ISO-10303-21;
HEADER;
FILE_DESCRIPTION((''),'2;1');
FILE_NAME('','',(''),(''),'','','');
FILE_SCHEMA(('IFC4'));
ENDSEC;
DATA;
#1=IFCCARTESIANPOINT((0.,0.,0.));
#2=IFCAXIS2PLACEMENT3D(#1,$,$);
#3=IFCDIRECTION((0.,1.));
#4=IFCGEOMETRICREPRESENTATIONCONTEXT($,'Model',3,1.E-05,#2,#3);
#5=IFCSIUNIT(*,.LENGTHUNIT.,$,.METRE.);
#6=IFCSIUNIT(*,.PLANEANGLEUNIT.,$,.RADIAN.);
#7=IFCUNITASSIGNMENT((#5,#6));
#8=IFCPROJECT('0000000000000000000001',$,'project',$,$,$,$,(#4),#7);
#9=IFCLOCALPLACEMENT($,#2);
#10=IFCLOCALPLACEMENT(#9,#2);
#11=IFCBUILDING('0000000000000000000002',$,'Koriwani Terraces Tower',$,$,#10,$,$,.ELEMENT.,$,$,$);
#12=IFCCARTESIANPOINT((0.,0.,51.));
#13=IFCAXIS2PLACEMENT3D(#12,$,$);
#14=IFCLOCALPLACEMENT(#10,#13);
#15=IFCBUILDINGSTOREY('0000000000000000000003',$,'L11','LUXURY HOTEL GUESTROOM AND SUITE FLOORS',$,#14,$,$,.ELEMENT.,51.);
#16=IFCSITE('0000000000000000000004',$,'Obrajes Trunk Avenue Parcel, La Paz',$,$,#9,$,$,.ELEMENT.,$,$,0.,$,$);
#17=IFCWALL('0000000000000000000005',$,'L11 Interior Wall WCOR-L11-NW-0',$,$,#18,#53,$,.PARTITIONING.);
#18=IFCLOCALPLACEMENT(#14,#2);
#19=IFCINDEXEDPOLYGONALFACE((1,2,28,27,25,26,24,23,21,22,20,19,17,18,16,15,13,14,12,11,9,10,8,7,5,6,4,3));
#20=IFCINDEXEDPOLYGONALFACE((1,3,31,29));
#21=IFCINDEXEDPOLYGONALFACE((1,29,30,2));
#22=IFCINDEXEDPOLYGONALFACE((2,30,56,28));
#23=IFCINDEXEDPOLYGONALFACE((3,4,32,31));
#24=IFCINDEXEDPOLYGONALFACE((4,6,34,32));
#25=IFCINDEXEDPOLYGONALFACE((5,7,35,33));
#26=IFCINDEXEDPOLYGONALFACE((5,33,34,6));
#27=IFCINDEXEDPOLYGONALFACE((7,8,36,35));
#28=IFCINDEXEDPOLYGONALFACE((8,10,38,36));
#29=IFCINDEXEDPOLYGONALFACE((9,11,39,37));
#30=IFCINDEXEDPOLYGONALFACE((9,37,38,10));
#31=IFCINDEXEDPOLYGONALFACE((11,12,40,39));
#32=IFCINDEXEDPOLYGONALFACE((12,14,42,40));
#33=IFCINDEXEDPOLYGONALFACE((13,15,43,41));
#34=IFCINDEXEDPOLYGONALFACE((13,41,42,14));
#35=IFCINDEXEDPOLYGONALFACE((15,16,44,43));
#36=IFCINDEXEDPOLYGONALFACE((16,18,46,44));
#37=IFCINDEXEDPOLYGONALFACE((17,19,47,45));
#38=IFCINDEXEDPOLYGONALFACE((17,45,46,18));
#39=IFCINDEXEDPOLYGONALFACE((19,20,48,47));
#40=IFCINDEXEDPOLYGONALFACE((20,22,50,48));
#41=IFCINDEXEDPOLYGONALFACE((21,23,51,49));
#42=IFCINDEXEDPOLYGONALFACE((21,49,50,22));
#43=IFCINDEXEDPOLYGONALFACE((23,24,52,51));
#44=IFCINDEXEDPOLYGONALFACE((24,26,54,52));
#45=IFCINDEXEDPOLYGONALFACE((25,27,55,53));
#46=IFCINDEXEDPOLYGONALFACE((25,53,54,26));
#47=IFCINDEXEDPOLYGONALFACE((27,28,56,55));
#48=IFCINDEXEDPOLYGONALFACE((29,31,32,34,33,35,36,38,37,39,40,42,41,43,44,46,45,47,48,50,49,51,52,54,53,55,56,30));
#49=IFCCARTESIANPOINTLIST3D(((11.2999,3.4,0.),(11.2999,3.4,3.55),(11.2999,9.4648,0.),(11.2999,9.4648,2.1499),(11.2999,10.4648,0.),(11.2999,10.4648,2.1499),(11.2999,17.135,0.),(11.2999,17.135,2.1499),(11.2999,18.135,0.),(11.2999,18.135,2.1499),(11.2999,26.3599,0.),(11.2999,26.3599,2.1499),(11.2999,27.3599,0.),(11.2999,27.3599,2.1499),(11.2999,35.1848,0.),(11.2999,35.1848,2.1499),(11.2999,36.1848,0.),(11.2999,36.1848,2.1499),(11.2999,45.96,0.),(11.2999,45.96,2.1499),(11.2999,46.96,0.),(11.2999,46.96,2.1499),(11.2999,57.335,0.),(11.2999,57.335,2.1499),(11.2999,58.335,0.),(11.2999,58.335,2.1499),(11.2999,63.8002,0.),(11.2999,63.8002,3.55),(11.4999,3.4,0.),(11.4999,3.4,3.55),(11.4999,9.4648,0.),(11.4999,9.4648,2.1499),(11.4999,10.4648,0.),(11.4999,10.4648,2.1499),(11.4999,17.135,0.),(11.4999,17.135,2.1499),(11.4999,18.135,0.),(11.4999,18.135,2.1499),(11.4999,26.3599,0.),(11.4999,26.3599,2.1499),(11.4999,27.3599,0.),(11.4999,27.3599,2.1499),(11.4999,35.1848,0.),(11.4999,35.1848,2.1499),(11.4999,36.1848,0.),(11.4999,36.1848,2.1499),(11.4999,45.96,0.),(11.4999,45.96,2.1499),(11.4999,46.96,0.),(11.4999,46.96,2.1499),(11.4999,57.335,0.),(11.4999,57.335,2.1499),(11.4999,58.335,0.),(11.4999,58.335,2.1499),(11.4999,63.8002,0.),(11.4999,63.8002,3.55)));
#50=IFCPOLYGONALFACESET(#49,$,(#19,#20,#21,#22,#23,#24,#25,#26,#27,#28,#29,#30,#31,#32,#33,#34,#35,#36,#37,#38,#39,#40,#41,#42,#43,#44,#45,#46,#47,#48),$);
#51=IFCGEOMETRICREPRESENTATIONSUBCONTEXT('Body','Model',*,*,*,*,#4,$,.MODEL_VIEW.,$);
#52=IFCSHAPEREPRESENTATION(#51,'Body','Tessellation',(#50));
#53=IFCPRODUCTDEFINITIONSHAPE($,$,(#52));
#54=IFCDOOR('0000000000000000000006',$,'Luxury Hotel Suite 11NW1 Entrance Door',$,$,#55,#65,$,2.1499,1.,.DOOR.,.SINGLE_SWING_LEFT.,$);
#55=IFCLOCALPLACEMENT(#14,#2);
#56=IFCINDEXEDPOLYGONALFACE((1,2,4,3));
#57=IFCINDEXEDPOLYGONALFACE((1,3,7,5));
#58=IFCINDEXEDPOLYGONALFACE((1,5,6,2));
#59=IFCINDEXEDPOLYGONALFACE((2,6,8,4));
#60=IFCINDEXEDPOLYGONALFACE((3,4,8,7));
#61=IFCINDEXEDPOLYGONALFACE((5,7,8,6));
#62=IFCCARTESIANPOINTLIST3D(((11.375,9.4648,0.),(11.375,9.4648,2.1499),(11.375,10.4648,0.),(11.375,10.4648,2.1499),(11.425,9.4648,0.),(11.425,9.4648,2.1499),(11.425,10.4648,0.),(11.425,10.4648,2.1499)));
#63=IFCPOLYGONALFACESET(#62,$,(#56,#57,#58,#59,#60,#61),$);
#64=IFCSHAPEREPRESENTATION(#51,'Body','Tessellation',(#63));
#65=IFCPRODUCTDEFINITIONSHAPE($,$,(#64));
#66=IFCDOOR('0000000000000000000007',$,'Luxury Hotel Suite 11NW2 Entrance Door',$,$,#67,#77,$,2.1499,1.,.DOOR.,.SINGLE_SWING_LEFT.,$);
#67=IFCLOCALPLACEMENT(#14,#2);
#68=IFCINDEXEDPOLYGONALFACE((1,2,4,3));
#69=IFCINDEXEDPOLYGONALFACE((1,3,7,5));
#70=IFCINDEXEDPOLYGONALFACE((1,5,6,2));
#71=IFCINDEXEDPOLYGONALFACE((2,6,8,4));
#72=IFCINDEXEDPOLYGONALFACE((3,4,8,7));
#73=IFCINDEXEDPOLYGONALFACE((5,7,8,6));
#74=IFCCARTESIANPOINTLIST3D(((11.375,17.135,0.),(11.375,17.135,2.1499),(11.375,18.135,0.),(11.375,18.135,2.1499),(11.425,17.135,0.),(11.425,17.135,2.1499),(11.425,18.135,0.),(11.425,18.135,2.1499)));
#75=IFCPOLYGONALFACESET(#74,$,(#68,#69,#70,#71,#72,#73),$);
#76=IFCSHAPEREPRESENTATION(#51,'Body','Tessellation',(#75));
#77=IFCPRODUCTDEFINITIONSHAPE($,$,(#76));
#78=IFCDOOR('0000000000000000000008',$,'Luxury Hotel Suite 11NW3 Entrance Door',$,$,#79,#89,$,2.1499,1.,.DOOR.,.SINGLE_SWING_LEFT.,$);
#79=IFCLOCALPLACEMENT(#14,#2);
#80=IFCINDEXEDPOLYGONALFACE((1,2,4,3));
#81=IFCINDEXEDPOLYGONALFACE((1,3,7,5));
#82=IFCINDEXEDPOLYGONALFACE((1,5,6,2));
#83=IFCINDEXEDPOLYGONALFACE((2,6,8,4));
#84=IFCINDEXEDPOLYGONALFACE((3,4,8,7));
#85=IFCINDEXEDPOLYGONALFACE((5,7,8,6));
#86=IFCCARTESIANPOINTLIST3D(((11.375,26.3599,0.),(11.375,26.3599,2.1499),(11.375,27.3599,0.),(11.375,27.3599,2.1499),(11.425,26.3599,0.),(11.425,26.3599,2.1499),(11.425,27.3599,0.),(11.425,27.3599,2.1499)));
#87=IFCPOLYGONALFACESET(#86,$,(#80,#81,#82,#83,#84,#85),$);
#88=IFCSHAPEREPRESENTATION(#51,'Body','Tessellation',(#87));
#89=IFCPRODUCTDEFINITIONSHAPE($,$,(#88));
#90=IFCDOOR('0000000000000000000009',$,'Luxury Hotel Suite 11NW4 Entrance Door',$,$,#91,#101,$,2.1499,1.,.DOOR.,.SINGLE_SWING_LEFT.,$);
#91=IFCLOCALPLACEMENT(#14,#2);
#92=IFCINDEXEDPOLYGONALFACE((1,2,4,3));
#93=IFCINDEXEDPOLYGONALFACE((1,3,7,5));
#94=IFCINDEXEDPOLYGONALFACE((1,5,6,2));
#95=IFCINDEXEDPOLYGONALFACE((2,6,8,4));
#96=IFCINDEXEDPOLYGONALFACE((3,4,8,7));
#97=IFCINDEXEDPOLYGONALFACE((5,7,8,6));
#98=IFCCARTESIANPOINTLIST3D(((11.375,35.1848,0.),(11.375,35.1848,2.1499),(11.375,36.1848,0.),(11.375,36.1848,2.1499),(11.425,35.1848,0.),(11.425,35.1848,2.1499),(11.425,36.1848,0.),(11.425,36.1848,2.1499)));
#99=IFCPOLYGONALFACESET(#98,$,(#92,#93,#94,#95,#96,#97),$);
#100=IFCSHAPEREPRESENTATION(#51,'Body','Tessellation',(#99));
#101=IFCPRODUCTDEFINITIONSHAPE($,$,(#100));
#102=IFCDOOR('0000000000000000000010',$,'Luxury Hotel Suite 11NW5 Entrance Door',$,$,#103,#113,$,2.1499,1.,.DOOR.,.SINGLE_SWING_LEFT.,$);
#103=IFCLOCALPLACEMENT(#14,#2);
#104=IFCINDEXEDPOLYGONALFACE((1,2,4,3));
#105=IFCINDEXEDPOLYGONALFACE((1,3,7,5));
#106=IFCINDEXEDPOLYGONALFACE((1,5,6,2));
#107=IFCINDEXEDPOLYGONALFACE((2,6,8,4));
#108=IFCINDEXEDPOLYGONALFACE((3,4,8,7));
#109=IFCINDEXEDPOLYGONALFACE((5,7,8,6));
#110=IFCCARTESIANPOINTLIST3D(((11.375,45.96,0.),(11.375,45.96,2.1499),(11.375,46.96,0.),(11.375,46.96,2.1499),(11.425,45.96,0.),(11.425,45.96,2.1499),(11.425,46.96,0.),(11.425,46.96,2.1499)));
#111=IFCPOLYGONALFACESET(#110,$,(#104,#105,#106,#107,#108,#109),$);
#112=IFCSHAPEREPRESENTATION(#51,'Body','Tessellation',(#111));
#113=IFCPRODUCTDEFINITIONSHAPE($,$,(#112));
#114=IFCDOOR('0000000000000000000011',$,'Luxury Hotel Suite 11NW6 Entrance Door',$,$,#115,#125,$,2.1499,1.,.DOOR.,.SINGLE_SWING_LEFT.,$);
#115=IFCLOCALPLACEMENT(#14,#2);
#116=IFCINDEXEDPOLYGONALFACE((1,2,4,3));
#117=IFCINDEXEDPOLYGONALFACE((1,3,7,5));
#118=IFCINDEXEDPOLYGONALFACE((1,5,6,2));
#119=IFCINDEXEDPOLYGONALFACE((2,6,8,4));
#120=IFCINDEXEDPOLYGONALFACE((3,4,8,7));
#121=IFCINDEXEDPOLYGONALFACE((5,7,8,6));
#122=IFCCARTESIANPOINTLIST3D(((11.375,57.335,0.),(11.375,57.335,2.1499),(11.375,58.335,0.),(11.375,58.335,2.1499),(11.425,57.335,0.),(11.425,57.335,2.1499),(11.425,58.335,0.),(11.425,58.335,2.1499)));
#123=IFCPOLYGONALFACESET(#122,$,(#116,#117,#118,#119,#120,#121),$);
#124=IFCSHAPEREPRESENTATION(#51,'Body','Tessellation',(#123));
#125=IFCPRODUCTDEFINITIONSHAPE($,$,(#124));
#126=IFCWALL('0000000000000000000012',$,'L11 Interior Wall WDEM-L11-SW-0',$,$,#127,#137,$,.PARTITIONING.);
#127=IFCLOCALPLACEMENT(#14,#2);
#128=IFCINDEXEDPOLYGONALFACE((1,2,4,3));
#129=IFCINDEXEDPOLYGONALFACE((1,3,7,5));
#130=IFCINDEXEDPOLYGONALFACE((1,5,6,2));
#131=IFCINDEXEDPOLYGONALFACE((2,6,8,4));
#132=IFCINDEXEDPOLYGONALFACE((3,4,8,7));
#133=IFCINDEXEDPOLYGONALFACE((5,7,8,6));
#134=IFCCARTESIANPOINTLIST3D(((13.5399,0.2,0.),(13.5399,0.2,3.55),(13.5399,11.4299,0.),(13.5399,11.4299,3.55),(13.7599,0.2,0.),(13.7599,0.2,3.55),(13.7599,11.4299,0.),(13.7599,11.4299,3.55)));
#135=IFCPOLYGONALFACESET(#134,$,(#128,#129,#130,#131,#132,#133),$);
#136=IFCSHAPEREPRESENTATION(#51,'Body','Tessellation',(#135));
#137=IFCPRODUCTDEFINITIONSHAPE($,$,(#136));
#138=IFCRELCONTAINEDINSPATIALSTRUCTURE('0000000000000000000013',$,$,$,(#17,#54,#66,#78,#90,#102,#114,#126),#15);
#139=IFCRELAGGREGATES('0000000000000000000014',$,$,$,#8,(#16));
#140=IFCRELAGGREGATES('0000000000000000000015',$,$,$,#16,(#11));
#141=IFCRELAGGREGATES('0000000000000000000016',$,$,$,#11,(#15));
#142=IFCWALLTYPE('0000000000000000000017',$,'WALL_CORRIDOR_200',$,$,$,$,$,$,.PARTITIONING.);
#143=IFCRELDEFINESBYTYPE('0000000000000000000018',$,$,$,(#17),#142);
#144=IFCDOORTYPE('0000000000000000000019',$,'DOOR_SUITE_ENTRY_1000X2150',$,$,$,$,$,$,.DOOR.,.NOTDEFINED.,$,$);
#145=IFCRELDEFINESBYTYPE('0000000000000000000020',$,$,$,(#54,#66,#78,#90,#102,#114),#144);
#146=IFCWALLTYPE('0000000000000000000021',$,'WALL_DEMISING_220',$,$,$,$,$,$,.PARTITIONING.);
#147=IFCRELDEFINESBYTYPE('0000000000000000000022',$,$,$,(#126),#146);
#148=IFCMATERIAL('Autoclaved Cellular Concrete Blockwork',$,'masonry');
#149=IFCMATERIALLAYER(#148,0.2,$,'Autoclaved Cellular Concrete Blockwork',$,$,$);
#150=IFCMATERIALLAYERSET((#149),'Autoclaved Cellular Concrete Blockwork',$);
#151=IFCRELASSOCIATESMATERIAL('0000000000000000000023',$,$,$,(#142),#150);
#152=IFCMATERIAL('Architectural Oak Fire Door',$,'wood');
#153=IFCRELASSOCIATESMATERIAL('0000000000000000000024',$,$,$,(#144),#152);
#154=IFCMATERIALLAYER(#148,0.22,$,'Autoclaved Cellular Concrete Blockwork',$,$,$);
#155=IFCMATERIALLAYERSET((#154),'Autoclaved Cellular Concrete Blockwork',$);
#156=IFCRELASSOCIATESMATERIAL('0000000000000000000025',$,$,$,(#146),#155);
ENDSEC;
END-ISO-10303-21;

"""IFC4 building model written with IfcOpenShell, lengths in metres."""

from ifc_helpers import new_model, si_unit, direction, frame, frame_2d, origin, place, context, subcontext, project, spatial, rectangle, extrude, material, layer, layer_set, type_object, element, fill, save


model = new_model("IFC4")

# Units and contexts
model_context = context("Model", 3, precision=1e-05, world=origin(), true_north=direction((0.0, 1.0)))
body_context = subcontext(model_context, "Body", "Model", "MODEL_VIEW")
ifc_project = project(units=[si_unit("LENGTHUNIT", "METRE"), si_unit("PLANEANGLEUNIT", "RADIAN")], contexts=[model_context])

# Site, building, storey
site_placement = place(None, origin())
site = spatial("IfcSite", under=ifc_project, at=site_placement, Name="Obrajes Trunk Avenue Parcel, La Paz", CompositionType="ELEMENT", RefElevation=0.0)
building_placement = place(site_placement, origin())
building = spatial("IfcBuilding", under=site, at=building_placement, Name="Koriwani Terraces Tower", CompositionType="ELEMENT")
storey_placement = place(building_placement, frame((0.0, 0.0, 51.0)))
storey = spatial("IfcBuildingStorey", under=building, at=storey_placement, Name="L11", Description="LUXURY HOTEL GUESTROOM AND SUITE FLOORS", CompositionType="ELEMENT", Elevation=51.0)

# Wall, openings, doors
ifc_material_1 = material(Name="Autoclaved Cellular Concrete Blockwork", Category="masonry")
ifc_layer_1 = layer(ifc_material_1, 0.2, Name="Autoclaved Cellular Concrete Blockwork")
ifc_layer_set_1 = layer_set([ifc_layer_1], Name="Autoclaved Cellular Concrete Blockwork")
wall_type_1 = type_object("IfcWallType", Name="WALL_CORRIDOR_200", PredefinedType="PARTITIONING", material=ifc_layer_set_1)
wall_1_placement = place(storey_placement, frame((11.3999, 3.3999, 0.0), z_axis=(0.0, 0.0, 1.0), x_axis=(0.0, 1.0, 0.0)))
wall_1 = element("IfcWall", 1, at=wall_1_placement, inside=storey, type_object=wall_type_1, Name="L11 Interior Wall WCOR-L11-NW-0", PredefinedType="PARTITIONING", context=body_context, shape_type="SweptSolid", body=[
    extrude(rectangle(XDim=60.4001, YDim=0.2, at=frame_2d((30.2002, 0.0))), origin(), (0.0, 0.0, 1.0), 3.55),
])
opening_1_placement = place(wall_1_placement, frame((6.0649, 0.0, 0.0)))
opening_1 = element("IfcOpeningElement", 2, at=opening_1_placement, cuts=wall_1, PredefinedType="OPENING", context=body_context, shape_type="SweptSolid", body=[
    extrude(rectangle(XDim=1.0, YDim=2.1499, at=frame_2d((0.5, 1.075))), frame((0.0, 0.1099, 0.0), z_axis=(0.0, -1.0, 0.0), x_axis=(1.0, 0.0, 0.0)), (0.0, 0.0, 1.0), 0.22),
])
opening_2_placement = place(wall_1_placement, frame((13.7351, 0.0, 0.0)))
opening_2 = element("IfcOpeningElement", 3, at=opening_2_placement, cuts=wall_1, PredefinedType="OPENING", context=body_context, shape_type="SweptSolid", body=[
    extrude(rectangle(XDim=1.0, YDim=2.1499, at=frame_2d((0.5, 1.075))), frame((0.0, 0.1099, 0.0), z_axis=(0.0, -1.0, 0.0), x_axis=(1.0, 0.0, 0.0)), (0.0, 0.0, 1.0), 0.22),
])
opening_3_placement = place(wall_1_placement, frame((22.96, 0.0, 0.0)))
opening_3 = element("IfcOpeningElement", 4, at=opening_3_placement, cuts=wall_1, PredefinedType="OPENING", context=body_context, shape_type="SweptSolid", body=[
    extrude(rectangle(XDim=1.0, YDim=2.1499, at=frame_2d((0.5, 1.075))), frame((0.0, 0.1099, 0.0), z_axis=(0.0, -1.0, 0.0), x_axis=(1.0, 0.0, 0.0)), (0.0, 0.0, 1.0), 0.22),
])
opening_4_placement = place(wall_1_placement, frame((31.7849, 0.0, 0.0)))
opening_4 = element("IfcOpeningElement", 5, at=opening_4_placement, cuts=wall_1, PredefinedType="OPENING", context=body_context, shape_type="SweptSolid", body=[
    extrude(rectangle(XDim=1.0, YDim=2.1499, at=frame_2d((0.5, 1.075))), frame((0.0, 0.1099, 0.0), z_axis=(0.0, -1.0, 0.0), x_axis=(1.0, 0.0, 0.0)), (0.0, 0.0, 1.0), 0.22),
])
opening_5_placement = place(wall_1_placement, frame((42.5601, 0.0, 0.0)))
opening_5 = element("IfcOpeningElement", 6, at=opening_5_placement, cuts=wall_1, PredefinedType="OPENING", context=body_context, shape_type="SweptSolid", body=[
    extrude(rectangle(XDim=1.0, YDim=2.1499, at=frame_2d((0.5, 1.075))), frame((0.0, 0.1099, 0.0), z_axis=(0.0, -1.0, 0.0), x_axis=(1.0, 0.0, 0.0)), (0.0, 0.0, 1.0), 0.22),
])
opening_6_placement = place(wall_1_placement, frame((53.9351, 0.0, 0.0)))
opening_6 = element("IfcOpeningElement", 7, at=opening_6_placement, cuts=wall_1, PredefinedType="OPENING", context=body_context, shape_type="SweptSolid", body=[
    extrude(rectangle(XDim=1.0, YDim=2.1499, at=frame_2d((0.5, 1.075))), frame((0.0, 0.1099, 0.0), z_axis=(0.0, -1.0, 0.0), x_axis=(1.0, 0.0, 0.0)), (0.0, 0.0, 1.0), 0.22),
])
ifc_material_2 = material(Name="Architectural Oak Fire Door", Category="wood")
door_type_1 = type_object("IfcDoorType", Name="DOOR_SUITE_ENTRY_1000X2150", OperationType="NOTDEFINED", PredefinedType="DOOR", material=ifc_material_2)
door_1_placement = place(opening_1_placement, origin())
door_1 = element("IfcDoor", 8, at=door_1_placement, inside=storey, type_object=door_type_1, Name="Luxury Hotel Suite 11NW1 Entrance Door", OperationType="SINGLE_SWING_LEFT", OverallHeight=2.1499, OverallWidth=1.0, PredefinedType="DOOR", context=body_context, shape_type="SweptSolid", body=[
    extrude(rectangle(XDim=1.0, YDim=2.1499, at=frame_2d((0.5, 1.075))), frame((0.0, 0.0249, 0.0), z_axis=(0.0, -1.0, 0.0), x_axis=(1.0, 0.0, 0.0)), (0.0, 0.0, 1.0), 0.05),
])
fill(opening_1, door_1)
door_2_placement = place(opening_2_placement, origin())
door_2 = element("IfcDoor", 9, at=door_2_placement, inside=storey, type_object=door_type_1, Name="Luxury Hotel Suite 11NW2 Entrance Door", OperationType="SINGLE_SWING_LEFT", OverallHeight=2.1499, OverallWidth=1.0, PredefinedType="DOOR", context=body_context, shape_type="SweptSolid", body=[
    extrude(rectangle(XDim=1.0, YDim=2.1499, at=frame_2d((0.5, 1.075))), frame((0.0, 0.0249, 0.0), z_axis=(0.0, -1.0, 0.0), x_axis=(1.0, 0.0, 0.0)), (0.0, 0.0, 1.0), 0.05),
])
fill(opening_2, door_2)
door_3_placement = place(opening_3_placement, origin())
door_3 = element("IfcDoor", 10, at=door_3_placement, inside=storey, type_object=door_type_1, Name="Luxury Hotel Suite 11NW3 Entrance Door", OperationType="SINGLE_SWING_LEFT", OverallHeight=2.1499, OverallWidth=1.0, PredefinedType="DOOR", context=body_context, shape_type="SweptSolid", body=[
    extrude(rectangle(XDim=1.0, YDim=2.1499, at=frame_2d((0.5, 1.075))), frame((0.0, 0.0249, 0.0), z_axis=(0.0, -1.0, 0.0), x_axis=(1.0, 0.0, 0.0)), (0.0, 0.0, 1.0), 0.05),
])
fill(opening_3, door_3)
door_4_placement = place(opening_4_placement, origin())
door_4 = element("IfcDoor", 11, at=door_4_placement, inside=storey, type_object=door_type_1, Name="Luxury Hotel Suite 11NW4 Entrance Door", OperationType="SINGLE_SWING_LEFT", OverallHeight=2.1499, OverallWidth=1.0, PredefinedType="DOOR", context=body_context, shape_type="SweptSolid", body=[
    extrude(rectangle(XDim=1.0, YDim=2.1499, at=frame_2d((0.5, 1.075))), frame((0.0, 0.0249, 0.0), z_axis=(0.0, -1.0, 0.0), x_axis=(1.0, 0.0, 0.0)), (0.0, 0.0, 1.0), 0.05),
])
fill(opening_4, door_4)
door_5_placement = place(opening_5_placement, origin())
door_5 = element("IfcDoor", 12, at=door_5_placement, inside=storey, type_object=door_type_1, Name="Luxury Hotel Suite 11NW5 Entrance Door", OperationType="SINGLE_SWING_LEFT", OverallHeight=2.1499, OverallWidth=1.0, PredefinedType="DOOR", context=body_context, shape_type="SweptSolid", body=[
    extrude(rectangle(XDim=1.0, YDim=2.1499, at=frame_2d((0.5, 1.075))), frame((0.0, 0.0249, 0.0), z_axis=(0.0, -1.0, 0.0), x_axis=(1.0, 0.0, 0.0)), (0.0, 0.0, 1.0), 0.05),
])
fill(opening_5, door_5)
door_6_placement = place(opening_6_placement, origin())
door_6 = element("IfcDoor", 13, at=door_6_placement, inside=storey, type_object=door_type_1, Name="Luxury Hotel Suite 11NW6 Entrance Door", OperationType="SINGLE_SWING_LEFT", OverallHeight=2.1499, OverallWidth=1.0, PredefinedType="DOOR", context=body_context, shape_type="SweptSolid", body=[
    extrude(rectangle(XDim=1.0, YDim=2.1499, at=frame_2d((0.5, 1.075))), frame((0.0, 0.0249, 0.0), z_axis=(0.0, -1.0, 0.0), x_axis=(1.0, 0.0, 0.0)), (0.0, 0.0, 1.0), 0.05),
])
fill(opening_6, door_6)

# Wall
ifc_layer_2 = layer(ifc_material_1, 0.22, Name="Autoclaved Cellular Concrete Blockwork")
ifc_layer_set_2 = layer_set([ifc_layer_2], Name="Autoclaved Cellular Concrete Blockwork")
wall_type_2 = type_object("IfcWallType", Name="WALL_DEMISING_220", PredefinedType="PARTITIONING", material=ifc_layer_set_2)
wall_2_placement = place(storey_placement, frame((13.6499, 0.2, 0.0), z_axis=(0.0, 0.0, 1.0), x_axis=(0.0, 1.0, 0.0)))
element("IfcWall", 14, at=wall_2_placement, inside=storey, type_object=wall_type_2, Name="L11 Interior Wall WDEM-L11-SW-0", PredefinedType="PARTITIONING", context=body_context, shape_type="SweptSolid", body=[
    extrude(rectangle(XDim=11.23, YDim=0.22, at=frame_2d((5.615, 0.0))), origin(), (0.0, 0.0, 1.0), 3.55),
])

save(model, "model.ifc")
